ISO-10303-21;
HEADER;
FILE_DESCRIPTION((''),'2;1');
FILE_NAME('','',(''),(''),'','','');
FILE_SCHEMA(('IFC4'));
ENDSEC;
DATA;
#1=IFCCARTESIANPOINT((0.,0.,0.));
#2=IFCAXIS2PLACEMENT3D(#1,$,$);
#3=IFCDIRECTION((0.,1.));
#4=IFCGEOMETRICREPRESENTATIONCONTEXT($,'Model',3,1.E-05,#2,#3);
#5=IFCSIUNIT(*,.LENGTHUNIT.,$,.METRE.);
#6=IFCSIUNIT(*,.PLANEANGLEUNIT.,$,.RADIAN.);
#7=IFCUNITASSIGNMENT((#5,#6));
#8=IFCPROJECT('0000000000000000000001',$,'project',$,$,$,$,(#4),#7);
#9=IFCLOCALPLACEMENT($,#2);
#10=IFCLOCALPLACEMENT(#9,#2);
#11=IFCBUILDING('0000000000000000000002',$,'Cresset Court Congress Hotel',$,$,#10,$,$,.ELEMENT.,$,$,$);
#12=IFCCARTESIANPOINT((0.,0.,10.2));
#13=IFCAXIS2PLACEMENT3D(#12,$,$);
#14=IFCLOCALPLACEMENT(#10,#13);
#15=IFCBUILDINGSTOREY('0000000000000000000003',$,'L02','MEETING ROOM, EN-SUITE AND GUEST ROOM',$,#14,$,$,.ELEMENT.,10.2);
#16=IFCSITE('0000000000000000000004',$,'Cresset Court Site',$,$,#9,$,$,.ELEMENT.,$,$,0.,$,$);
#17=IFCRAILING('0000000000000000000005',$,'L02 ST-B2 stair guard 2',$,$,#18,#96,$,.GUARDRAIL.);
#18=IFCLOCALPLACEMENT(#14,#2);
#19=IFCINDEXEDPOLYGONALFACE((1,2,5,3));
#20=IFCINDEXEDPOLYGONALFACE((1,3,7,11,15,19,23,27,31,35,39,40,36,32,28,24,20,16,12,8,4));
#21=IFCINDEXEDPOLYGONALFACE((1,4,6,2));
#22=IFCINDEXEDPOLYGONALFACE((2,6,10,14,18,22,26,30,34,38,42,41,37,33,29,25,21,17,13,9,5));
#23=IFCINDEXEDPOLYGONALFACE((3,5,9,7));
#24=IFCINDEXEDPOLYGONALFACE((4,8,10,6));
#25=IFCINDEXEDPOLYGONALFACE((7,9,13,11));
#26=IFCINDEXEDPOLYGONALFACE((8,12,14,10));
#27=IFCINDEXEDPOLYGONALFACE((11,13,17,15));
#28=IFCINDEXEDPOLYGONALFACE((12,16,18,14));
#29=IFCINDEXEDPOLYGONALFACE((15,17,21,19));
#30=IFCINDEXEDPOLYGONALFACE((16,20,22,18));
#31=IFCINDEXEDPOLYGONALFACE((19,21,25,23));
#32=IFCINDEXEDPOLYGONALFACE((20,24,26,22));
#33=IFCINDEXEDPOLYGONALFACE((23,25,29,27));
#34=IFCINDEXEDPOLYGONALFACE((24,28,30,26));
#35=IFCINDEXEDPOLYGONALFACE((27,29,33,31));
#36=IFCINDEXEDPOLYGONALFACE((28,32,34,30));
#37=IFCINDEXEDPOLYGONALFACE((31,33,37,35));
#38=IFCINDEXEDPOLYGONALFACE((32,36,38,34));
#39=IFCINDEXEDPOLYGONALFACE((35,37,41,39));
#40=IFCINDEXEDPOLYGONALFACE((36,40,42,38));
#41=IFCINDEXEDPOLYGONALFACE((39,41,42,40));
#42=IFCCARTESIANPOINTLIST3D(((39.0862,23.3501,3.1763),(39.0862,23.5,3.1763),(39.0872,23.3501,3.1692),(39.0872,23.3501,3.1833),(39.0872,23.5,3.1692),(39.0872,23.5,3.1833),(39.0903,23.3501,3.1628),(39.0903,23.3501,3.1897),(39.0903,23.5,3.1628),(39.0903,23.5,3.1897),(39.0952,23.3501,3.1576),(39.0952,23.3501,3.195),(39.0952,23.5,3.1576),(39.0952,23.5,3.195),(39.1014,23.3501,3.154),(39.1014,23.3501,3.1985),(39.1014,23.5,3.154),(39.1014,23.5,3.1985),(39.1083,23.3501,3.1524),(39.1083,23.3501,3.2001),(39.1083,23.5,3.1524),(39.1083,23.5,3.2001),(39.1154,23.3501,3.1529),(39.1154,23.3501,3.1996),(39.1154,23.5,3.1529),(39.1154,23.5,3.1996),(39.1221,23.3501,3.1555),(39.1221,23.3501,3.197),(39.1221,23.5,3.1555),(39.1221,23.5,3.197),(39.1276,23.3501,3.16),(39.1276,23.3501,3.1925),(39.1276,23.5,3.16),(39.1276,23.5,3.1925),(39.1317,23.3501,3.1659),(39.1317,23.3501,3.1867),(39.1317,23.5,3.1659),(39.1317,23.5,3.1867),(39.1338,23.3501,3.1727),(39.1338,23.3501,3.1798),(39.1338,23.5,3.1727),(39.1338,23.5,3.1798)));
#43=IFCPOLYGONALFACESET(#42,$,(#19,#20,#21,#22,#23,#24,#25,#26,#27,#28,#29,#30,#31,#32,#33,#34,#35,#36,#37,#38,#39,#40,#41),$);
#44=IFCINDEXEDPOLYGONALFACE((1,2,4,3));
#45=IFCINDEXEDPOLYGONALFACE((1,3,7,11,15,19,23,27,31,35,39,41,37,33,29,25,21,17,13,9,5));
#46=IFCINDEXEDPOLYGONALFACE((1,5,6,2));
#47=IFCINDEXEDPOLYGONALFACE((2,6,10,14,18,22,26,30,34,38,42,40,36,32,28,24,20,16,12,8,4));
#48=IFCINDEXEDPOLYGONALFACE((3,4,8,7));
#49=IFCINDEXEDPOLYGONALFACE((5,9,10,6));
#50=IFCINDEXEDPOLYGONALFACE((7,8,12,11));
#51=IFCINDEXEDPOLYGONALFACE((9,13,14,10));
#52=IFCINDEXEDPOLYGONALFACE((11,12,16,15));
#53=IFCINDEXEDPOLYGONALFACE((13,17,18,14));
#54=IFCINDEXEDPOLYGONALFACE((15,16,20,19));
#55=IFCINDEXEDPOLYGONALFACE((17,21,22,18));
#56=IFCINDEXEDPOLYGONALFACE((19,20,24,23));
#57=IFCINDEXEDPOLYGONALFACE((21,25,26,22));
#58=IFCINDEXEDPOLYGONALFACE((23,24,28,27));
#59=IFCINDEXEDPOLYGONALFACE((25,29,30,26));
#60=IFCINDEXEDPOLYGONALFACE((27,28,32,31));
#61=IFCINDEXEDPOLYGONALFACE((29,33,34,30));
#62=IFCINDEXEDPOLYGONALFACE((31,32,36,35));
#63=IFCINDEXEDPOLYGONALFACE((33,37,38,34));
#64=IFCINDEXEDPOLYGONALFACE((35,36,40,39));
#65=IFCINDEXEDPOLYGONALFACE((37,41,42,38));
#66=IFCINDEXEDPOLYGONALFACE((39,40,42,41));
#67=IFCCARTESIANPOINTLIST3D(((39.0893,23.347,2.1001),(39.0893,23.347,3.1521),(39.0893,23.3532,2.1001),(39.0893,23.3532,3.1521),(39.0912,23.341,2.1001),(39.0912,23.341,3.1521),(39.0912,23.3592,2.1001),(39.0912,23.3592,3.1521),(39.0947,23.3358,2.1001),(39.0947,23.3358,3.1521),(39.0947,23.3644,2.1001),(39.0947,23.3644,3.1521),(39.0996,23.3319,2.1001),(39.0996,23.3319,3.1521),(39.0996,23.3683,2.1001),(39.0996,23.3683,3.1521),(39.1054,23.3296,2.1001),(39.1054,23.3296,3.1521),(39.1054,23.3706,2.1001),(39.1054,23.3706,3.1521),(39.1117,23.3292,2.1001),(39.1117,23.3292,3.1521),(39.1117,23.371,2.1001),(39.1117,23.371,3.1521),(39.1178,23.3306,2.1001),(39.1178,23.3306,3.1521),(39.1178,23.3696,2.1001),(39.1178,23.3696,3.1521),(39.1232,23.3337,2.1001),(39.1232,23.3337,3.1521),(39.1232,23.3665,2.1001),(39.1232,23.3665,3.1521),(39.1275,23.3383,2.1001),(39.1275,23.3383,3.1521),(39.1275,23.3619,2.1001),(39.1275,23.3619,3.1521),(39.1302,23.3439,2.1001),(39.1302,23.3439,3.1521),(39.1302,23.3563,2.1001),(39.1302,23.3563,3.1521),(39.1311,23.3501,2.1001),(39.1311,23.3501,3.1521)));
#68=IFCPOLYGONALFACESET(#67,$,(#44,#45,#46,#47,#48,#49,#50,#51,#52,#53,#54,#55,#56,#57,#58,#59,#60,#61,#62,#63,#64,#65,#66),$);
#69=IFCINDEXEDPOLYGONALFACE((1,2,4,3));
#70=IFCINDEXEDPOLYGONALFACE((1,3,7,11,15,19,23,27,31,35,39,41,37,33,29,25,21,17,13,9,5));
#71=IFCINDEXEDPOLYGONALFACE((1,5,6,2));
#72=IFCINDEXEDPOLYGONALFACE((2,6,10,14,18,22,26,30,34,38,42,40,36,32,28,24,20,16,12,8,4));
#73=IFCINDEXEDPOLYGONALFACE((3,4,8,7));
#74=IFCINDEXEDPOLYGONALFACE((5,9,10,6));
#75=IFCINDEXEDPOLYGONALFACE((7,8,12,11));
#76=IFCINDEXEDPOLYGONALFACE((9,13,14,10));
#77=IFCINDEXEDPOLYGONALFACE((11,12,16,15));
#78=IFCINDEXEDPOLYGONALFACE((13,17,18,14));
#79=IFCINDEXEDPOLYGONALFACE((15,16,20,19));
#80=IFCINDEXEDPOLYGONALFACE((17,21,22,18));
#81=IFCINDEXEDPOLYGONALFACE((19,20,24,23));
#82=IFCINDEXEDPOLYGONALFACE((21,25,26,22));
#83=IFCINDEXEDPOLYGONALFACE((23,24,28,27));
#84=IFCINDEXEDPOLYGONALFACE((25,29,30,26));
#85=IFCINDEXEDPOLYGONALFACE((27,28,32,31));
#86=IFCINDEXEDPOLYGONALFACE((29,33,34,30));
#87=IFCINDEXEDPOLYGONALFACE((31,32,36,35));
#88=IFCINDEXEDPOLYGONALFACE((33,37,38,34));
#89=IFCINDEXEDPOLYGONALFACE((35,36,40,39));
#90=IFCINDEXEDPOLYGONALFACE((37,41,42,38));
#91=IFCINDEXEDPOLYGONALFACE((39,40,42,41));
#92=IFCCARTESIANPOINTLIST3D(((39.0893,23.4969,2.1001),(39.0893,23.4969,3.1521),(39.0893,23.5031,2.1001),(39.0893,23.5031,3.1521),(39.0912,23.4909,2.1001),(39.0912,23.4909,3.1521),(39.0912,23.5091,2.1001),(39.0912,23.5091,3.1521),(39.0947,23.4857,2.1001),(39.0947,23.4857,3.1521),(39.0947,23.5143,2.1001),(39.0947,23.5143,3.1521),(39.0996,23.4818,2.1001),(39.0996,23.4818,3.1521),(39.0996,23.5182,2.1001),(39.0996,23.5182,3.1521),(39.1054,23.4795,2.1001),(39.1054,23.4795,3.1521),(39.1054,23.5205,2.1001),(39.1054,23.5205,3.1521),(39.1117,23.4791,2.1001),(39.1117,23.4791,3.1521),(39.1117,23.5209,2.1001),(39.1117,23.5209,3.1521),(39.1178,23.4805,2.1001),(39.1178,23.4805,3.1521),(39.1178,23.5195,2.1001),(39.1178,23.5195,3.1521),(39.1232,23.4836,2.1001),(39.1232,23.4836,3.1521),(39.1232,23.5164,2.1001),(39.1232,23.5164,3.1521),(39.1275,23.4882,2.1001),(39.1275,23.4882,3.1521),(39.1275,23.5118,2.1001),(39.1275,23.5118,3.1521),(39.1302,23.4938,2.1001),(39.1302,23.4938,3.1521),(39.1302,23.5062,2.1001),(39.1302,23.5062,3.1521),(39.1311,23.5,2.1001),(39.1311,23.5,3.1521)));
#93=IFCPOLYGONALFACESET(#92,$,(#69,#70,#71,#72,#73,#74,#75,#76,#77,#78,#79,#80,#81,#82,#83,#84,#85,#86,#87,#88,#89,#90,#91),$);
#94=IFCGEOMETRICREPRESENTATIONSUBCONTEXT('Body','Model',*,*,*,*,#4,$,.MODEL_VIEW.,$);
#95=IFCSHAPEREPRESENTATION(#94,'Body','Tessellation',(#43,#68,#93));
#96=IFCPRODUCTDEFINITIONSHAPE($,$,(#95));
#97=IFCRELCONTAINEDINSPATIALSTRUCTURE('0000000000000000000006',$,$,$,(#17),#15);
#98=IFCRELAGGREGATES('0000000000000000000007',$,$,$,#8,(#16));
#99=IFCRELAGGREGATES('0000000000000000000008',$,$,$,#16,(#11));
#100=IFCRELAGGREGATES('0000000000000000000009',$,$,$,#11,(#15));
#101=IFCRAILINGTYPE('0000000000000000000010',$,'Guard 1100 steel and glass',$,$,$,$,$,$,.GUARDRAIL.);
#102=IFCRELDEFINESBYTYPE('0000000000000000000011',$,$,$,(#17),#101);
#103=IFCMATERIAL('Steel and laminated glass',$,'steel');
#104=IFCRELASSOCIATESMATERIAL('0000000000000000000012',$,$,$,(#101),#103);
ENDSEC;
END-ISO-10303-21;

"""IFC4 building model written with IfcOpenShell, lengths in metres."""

from ifc_helpers import new_model, si_unit, direction, frame, origin, origin_2d, place, context, subcontext, project, spatial, circle, extrude, material, type_object, element, save


model = new_model("IFC4")

# Units and contexts
model_context = context("Model", 3, precision=1e-05, world=origin(), true_north=direction((0.0, 1.0)))
body_context = subcontext(model_context, "Body", "Model", "MODEL_VIEW")
ifc_project = project(units=[si_unit("LENGTHUNIT", "METRE"), si_unit("PLANEANGLEUNIT", "RADIAN")], contexts=[model_context])

# Site, building, storey
site_placement = place(None, origin())
site = spatial("IfcSite", under=ifc_project, at=site_placement, Name="Cresset Court Site", CompositionType="ELEMENT", RefElevation=0.0)
building_placement = place(site_placement, origin())
building = spatial("IfcBuilding", under=site, at=building_placement, Name="Cresset Court Congress Hotel", CompositionType="ELEMENT")
storey_placement = place(building_placement, frame((0.0, 0.0, 10.2)))
storey = spatial("IfcBuildingStorey", under=building, at=storey_placement, Name="L02", Description="MEETING ROOM, EN-SUITE AND GUEST ROOM", CompositionType="ELEMENT", Elevation=10.2)

# Railing
ifc_material_1 = material(Name="Steel and laminated glass", Category="steel")
railing_type_1 = type_object("IfcRailingType", Name="Guard 1100 steel and glass", PredefinedType="GUARDRAIL", material=ifc_material_1)
railing_1_placement = place(storey_placement, frame((39.1101, 23.3501, 2.1001)))
element("IfcRailing", 1, at=railing_1_placement, inside=storey, type_object=railing_type_1, Name="L02 ST-B2 stair guard 2", PredefinedType="GUARDRAIL", context=body_context, shape_type="SweptSolid", body=[
    extrude(circle(Radius=0.0239, at=origin_2d()), frame((0.0, 0.0, 1.0762), z_axis=(0.0, 1.0, 0.0), x_axis=(-1.0, 0.0, 0.0)), (0.0, 0.0, 1.0), 0.1499),
    extrude(circle(Radius=0.021, at=origin_2d()), origin(), (0.0, 0.0, 1.0), 1.052),
    extrude(circle(Radius=0.021, at=origin_2d()), frame((0.0, 0.1499, 0.0)), (0.0, 0.0, 1.0), 1.052),
])

save(model, "model.ifc")
